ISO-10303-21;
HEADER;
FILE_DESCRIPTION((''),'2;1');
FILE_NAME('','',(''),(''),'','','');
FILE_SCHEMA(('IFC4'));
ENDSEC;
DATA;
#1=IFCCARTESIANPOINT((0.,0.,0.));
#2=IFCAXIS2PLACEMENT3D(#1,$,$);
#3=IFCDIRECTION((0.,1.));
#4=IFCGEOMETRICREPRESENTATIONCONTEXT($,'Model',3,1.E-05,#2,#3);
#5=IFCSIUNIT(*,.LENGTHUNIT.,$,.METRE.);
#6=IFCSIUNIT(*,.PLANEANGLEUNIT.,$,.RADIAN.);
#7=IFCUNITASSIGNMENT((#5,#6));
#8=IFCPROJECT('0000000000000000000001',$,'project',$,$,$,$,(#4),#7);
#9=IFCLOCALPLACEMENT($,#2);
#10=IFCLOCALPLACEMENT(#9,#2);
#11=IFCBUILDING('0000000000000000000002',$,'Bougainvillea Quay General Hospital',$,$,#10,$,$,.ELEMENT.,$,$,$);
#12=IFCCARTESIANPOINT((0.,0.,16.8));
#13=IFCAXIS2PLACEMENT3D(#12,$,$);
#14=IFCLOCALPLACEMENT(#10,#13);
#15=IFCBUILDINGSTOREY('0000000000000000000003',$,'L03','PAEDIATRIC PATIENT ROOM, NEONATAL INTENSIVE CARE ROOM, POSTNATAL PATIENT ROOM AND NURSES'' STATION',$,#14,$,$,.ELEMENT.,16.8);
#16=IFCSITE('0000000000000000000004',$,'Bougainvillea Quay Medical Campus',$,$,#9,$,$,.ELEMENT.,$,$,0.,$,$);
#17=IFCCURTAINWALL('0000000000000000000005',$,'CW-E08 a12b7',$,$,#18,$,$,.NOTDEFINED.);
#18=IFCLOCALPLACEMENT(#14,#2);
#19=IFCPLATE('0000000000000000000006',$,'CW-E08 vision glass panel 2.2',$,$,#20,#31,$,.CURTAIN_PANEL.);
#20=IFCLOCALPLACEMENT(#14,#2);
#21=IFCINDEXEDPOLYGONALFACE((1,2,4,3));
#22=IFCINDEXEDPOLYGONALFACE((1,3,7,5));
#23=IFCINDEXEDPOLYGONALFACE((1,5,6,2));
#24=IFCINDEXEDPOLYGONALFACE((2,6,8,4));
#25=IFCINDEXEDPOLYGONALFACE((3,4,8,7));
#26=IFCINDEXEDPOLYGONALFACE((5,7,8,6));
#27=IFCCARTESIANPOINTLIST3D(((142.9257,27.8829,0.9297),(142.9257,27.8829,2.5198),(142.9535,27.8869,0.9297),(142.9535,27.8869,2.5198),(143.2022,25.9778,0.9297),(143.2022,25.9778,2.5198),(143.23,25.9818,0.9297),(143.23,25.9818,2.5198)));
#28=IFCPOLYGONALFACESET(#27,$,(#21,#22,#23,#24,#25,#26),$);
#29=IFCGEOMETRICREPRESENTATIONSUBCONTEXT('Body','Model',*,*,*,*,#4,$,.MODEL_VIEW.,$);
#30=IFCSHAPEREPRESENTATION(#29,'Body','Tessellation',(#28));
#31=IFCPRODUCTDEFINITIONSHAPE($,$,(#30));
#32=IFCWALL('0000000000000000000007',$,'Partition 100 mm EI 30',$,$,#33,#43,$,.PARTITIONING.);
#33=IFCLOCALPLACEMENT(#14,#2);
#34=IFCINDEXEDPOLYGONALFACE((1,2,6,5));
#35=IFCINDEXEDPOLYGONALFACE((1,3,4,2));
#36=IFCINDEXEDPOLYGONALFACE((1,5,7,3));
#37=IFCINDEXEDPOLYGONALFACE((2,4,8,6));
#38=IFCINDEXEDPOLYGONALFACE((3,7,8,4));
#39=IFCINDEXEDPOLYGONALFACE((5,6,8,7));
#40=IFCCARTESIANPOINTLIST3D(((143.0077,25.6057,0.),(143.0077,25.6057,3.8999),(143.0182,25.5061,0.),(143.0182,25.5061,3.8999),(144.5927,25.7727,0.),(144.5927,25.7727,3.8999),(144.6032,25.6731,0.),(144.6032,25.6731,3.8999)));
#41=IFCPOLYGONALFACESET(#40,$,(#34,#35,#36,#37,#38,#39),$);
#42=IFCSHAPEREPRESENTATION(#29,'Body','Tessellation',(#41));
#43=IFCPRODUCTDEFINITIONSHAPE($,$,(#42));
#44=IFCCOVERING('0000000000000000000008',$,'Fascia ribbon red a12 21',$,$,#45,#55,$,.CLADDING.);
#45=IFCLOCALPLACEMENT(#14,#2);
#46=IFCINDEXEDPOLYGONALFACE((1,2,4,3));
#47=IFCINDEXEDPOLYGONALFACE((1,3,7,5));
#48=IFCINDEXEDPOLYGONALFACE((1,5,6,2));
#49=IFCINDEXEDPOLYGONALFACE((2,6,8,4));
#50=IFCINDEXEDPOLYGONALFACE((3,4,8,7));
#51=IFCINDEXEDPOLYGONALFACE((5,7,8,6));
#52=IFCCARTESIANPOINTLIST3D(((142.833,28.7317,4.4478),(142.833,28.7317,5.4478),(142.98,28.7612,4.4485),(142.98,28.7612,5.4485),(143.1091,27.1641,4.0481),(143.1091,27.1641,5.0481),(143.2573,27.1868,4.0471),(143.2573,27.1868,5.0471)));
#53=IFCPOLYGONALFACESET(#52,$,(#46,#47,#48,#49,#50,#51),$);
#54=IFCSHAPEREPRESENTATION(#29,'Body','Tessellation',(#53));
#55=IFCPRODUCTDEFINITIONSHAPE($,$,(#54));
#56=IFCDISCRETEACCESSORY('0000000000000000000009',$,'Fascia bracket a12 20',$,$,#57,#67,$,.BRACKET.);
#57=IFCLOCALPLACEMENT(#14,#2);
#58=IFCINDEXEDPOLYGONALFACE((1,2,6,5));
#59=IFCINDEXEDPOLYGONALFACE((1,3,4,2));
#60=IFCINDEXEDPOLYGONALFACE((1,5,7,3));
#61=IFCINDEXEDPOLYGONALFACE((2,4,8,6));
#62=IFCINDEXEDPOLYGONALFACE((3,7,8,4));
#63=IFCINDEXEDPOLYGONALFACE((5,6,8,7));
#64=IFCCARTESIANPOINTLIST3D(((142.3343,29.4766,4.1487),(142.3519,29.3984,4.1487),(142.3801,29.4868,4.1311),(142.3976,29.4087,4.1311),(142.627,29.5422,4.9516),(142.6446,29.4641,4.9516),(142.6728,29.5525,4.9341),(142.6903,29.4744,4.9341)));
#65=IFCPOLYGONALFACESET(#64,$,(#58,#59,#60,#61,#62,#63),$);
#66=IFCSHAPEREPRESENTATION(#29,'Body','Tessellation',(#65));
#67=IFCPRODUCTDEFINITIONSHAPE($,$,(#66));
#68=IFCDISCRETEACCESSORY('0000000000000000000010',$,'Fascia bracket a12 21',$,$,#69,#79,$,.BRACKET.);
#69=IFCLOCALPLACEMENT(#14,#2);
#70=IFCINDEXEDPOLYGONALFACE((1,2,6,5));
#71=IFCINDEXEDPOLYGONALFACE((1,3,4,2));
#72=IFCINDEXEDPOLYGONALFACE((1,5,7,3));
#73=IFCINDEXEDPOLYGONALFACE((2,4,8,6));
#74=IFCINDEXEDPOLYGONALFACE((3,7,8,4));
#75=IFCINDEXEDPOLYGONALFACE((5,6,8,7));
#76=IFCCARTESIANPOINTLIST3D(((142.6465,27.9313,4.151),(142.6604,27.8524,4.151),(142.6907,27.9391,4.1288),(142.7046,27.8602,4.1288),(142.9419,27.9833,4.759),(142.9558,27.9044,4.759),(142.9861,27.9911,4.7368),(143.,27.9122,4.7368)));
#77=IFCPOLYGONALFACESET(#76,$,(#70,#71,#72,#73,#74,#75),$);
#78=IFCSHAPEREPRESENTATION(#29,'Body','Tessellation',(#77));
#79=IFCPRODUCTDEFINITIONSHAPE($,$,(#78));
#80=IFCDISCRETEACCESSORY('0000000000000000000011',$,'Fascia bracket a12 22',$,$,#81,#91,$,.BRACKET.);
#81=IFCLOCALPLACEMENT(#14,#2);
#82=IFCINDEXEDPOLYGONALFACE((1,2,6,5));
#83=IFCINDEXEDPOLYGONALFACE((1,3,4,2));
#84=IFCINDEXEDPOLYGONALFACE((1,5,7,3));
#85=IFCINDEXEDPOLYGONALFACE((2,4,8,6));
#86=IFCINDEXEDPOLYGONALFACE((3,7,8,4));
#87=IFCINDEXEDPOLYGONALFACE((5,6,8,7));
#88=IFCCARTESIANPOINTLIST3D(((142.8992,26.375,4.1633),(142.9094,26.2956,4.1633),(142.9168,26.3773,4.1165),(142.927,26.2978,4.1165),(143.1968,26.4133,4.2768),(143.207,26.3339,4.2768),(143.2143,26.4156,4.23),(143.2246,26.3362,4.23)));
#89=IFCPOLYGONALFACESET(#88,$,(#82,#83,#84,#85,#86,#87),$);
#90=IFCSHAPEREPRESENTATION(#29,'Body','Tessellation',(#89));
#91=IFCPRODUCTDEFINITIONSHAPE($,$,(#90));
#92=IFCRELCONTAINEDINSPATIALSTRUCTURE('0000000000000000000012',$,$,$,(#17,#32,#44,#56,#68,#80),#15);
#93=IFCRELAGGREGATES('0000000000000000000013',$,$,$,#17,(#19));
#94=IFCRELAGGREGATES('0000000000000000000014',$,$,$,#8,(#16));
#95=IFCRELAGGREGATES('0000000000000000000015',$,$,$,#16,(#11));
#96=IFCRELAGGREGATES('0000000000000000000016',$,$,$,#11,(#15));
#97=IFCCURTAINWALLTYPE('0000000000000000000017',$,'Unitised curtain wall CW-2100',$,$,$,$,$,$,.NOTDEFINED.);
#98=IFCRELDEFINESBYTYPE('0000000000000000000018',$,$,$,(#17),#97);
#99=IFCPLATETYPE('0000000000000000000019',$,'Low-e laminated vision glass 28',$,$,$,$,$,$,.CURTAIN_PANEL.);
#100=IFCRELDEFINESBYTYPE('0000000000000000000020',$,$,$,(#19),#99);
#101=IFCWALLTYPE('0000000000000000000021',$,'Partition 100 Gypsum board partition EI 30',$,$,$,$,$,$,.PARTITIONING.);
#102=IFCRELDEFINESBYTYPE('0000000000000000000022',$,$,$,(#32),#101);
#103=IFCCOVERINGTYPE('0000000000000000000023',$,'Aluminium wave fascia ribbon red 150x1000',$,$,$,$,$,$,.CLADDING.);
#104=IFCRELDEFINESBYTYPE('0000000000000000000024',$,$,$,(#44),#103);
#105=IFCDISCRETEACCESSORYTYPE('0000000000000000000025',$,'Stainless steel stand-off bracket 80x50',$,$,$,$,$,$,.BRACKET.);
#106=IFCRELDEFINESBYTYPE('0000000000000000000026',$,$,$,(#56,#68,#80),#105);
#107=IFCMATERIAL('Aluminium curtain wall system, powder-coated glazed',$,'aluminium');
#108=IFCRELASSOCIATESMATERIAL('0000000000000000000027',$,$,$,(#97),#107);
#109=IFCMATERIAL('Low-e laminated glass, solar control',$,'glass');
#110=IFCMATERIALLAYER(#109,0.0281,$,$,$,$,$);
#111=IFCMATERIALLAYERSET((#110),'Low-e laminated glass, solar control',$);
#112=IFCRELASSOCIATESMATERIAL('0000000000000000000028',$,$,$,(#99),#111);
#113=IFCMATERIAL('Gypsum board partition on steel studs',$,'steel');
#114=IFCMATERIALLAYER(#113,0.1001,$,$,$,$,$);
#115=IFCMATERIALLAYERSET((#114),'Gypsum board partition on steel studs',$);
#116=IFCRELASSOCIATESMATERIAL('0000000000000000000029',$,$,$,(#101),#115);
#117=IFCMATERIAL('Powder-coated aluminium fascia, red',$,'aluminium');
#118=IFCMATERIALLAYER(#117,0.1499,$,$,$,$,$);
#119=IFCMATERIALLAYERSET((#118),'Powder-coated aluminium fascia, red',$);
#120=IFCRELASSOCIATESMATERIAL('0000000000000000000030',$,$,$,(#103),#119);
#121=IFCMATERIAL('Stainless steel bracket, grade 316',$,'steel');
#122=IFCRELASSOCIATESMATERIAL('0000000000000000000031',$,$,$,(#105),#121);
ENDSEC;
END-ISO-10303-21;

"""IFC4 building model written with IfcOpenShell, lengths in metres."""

from ifc_helpers import new_model, si_unit, direction, frame, frame_2d, origin, origin_2d, place, context, subcontext, project, spatial, polyline, rectangle, outline, extrude, material, layer, layer_set, material_profile, profile_set, type_object, element, aggregate, save


model = new_model("IFC4")

# Units and contexts
model_context = context("Model", 3, precision=1e-05, world=origin(), true_north=direction((0.0, 1.0)))
body_context = subcontext(model_context, "Body", "Model", "MODEL_VIEW")
ifc_project = project(units=[si_unit("LENGTHUNIT", "METRE"), si_unit("PLANEANGLEUNIT", "RADIAN")], contexts=[model_context])

# Site, building, storey
site_placement = place(None, origin())
site = spatial("IfcSite", under=ifc_project, at=site_placement, Name="Bougainvillea Quay Medical Campus", CompositionType="ELEMENT", RefElevation=0.0)
building_placement = place(site_placement, origin())
building = spatial("IfcBuilding", under=site, at=building_placement, Name="Bougainvillea Quay General Hospital", CompositionType="ELEMENT")
storey_placement = place(building_placement, frame((0.0, 0.0, 16.8)))
storey = spatial("IfcBuildingStorey", under=building, at=storey_placement, Name="L03", Description="PAEDIATRIC PATIENT ROOM, NEONATAL INTENSIVE CARE ROOM, POSTNATAL PATIENT ROOM AND NURSES' STATION", CompositionType="ELEMENT", Elevation=16.8)

# Curtain wall
ifc_material_1 = material(Name="Aluminium curtain wall system, powder-coated glazed", Category="aluminium")
curtain_wall_type_1 = type_object("IfcCurtainWallType", Name="Unitised curtain wall CW-2100", PredefinedType="NOTDEFINED", material=ifc_material_1)
curtain_wall_1_placement = place(storey_placement, origin())
curtain_wall_1 = element("IfcCurtainWall", 1, at=curtain_wall_1_placement, inside=storey, type_object=curtain_wall_type_1, Name="CW-E08 a12b7", PredefinedType="NOTDEFINED")

# Plate
ifc_material_2 = material(Name="Low-e laminated glass, solar control", Category="glass")
ifc_layer_1 = layer(ifc_material_2, 0.0281)
ifc_layer_set_1 = layer_set([ifc_layer_1], Name="Low-e laminated glass, solar control")
plate_type_1 = type_object("IfcPlateType", Name="Low-e laminated vision glass 28", PredefinedType="CURTAIN_PANEL", material=ifc_layer_set_1)
plate_1_placement = place(storey_placement, frame((143.0779, 26.9324, 0.9297), z_axis=(0.0, 0.0, 1.0), x_axis=(0.143643, -0.98963, 0.0)))
plate_1 = element("IfcPlate", 2, at=plate_1_placement, type_object=plate_type_1, Name="CW-E08 vision glass panel 2.2", PredefinedType="CURTAIN_PANEL", context=body_context, shape_type="SweptSolid", body=[
    extrude(rectangle(XDim=1.925, YDim=0.0281, at=origin_2d()), origin(), (0.0, 0.0, 1.0), 1.5901),
])
aggregate(curtain_wall_1, [plate_1])

# Wall
ifc_material_3 = material(Name="Gypsum board partition on steel studs", Category="steel")
ifc_layer_2 = layer(ifc_material_3, 0.1001)
ifc_layer_set_2 = layer_set([ifc_layer_2], Name="Gypsum board partition on steel studs")
wall_type = type_object("IfcWallType", Name="Partition 100 Gypsum board partition EI 30", PredefinedType="PARTITIONING", material=ifc_layer_set_2)
wall_placement = place(storey_placement, frame((143.0129, 25.5559, 0.0), z_axis=(0.0, 0.0, 1.0), x_axis=(0.994495, 0.10478, 0.0)))
element("IfcWall", 3, at=wall_placement, inside=storey, type_object=wall_type, Name="Partition 100 mm EI 30", PredefinedType="PARTITIONING", context=body_context, shape_type="SweptSolid", body=[
    extrude(rectangle(XDim=1.5938, YDim=0.1001, at=frame_2d((0.7969, 0.0))), origin(), (0.0, 0.0, 1.0), 3.8999),
])

# Covering
ifc_material_4 = material(Name="Powder-coated aluminium fascia, red", Category="aluminium")
ifc_layer_3 = layer(ifc_material_4, 0.1499)
ifc_layer_set_3 = layer_set([ifc_layer_3], Name="Powder-coated aluminium fascia, red")
covering_type = type_object("IfcCoveringType", Name="Aluminium wave fascia ribbon red 150x1000", PredefinedType="CLADDING", material=ifc_layer_set_3)
covering_placement = place(storey_placement, frame((142.833, 28.7317, 4.4478), z_axis=(0.043221, -0.239647, 0.969898), x_axis=(0.168249, -0.955194, -0.243511)))
element("IfcCovering", 4, at=covering_placement, inside=storey, type_object=covering_type, Name="Fascia ribbon red a12 21", PredefinedType="CLADDING", context=body_context, shape_type="SweptSolid", body=[
    extrude(outline(polyline([(0.0, 0.0), (1.6412, 0.0), (1.6446, 0.1499), (-0.0037, 0.1499), (0.0, 0.0)])), origin(), (-0.243511, -0.000964, 0.969898), 1.0),
])

# Discrete accessories
ifc_material_5 = material(Name="Stainless steel bracket, grade 316", Category="steel")
ifc_material_profile_1 = material_profile(ifc_material_5, rectangle(XDim=0.0801, YDim=0.05, at=origin_2d()))
ifc_profile_set_1 = profile_set([ifc_material_profile_1], Name="Stainless steel bracket, grade 316")
discrete_accessory_type = type_object("IfcDiscreteAccessoryType", Name="Stainless steel stand-off bracket 80x50", PredefinedType="BRACKET", material=ifc_profile_set_1)
discrete_accessory_1_placement = place(storey_placement, frame((142.366, 29.4426, 4.1399), z_axis=(0.341493, 0.076615, 0.936756), x_axis=(-0.218912, 0.975745, 0.0)))
element("IfcDiscreteAccessory", 5, at=discrete_accessory_1_placement, inside=storey, type_object=discrete_accessory_type, Name="Fascia bracket a12 20", PredefinedType="BRACKET", context=body_context, shape_type="SweptSolid", body=[
    extrude(rectangle(XDim=0.0801, YDim=0.05, at=origin_2d()), origin(), (0.0, 0.0, 1.0), 0.8572),
])
discrete_accessory_2_placement = place(storey_placement, frame((142.6755, 27.8958, 4.1399), z_axis=(0.435783, 0.076712, 0.896777), x_axis=(-0.173367, 0.984857, 0.0)))
element("IfcDiscreteAccessory", 6, at=discrete_accessory_2_placement, inside=storey, type_object=discrete_accessory_type, Name="Fascia bracket a12 21", PredefinedType="BRACKET", context=body_context, shape_type="SweptSolid", body=[
    extrude(rectangle(XDim=0.0801, YDim=0.05, at=origin_2d()), origin(), (0.0, 0.0, 1.0), 0.678),
])
discrete_accessory_3_placement = place(storey_placement, frame((142.9131, 26.3364, 4.1399), z_axis=(0.927637, 0.119474, 0.353857), x_axis=(-0.127739, 0.991808, 0.0)))
element("IfcDiscreteAccessory", 7, at=discrete_accessory_3_placement, inside=storey, type_object=discrete_accessory_type, Name="Fascia bracket a12 22", PredefinedType="BRACKET", context=body_context, shape_type="SweptSolid", body=[
    extrude(rectangle(XDim=0.0801, YDim=0.05, at=origin_2d()), origin(), (0.0, 0.0, 1.0), 0.3208),
])

save(model, "model.ifc")
